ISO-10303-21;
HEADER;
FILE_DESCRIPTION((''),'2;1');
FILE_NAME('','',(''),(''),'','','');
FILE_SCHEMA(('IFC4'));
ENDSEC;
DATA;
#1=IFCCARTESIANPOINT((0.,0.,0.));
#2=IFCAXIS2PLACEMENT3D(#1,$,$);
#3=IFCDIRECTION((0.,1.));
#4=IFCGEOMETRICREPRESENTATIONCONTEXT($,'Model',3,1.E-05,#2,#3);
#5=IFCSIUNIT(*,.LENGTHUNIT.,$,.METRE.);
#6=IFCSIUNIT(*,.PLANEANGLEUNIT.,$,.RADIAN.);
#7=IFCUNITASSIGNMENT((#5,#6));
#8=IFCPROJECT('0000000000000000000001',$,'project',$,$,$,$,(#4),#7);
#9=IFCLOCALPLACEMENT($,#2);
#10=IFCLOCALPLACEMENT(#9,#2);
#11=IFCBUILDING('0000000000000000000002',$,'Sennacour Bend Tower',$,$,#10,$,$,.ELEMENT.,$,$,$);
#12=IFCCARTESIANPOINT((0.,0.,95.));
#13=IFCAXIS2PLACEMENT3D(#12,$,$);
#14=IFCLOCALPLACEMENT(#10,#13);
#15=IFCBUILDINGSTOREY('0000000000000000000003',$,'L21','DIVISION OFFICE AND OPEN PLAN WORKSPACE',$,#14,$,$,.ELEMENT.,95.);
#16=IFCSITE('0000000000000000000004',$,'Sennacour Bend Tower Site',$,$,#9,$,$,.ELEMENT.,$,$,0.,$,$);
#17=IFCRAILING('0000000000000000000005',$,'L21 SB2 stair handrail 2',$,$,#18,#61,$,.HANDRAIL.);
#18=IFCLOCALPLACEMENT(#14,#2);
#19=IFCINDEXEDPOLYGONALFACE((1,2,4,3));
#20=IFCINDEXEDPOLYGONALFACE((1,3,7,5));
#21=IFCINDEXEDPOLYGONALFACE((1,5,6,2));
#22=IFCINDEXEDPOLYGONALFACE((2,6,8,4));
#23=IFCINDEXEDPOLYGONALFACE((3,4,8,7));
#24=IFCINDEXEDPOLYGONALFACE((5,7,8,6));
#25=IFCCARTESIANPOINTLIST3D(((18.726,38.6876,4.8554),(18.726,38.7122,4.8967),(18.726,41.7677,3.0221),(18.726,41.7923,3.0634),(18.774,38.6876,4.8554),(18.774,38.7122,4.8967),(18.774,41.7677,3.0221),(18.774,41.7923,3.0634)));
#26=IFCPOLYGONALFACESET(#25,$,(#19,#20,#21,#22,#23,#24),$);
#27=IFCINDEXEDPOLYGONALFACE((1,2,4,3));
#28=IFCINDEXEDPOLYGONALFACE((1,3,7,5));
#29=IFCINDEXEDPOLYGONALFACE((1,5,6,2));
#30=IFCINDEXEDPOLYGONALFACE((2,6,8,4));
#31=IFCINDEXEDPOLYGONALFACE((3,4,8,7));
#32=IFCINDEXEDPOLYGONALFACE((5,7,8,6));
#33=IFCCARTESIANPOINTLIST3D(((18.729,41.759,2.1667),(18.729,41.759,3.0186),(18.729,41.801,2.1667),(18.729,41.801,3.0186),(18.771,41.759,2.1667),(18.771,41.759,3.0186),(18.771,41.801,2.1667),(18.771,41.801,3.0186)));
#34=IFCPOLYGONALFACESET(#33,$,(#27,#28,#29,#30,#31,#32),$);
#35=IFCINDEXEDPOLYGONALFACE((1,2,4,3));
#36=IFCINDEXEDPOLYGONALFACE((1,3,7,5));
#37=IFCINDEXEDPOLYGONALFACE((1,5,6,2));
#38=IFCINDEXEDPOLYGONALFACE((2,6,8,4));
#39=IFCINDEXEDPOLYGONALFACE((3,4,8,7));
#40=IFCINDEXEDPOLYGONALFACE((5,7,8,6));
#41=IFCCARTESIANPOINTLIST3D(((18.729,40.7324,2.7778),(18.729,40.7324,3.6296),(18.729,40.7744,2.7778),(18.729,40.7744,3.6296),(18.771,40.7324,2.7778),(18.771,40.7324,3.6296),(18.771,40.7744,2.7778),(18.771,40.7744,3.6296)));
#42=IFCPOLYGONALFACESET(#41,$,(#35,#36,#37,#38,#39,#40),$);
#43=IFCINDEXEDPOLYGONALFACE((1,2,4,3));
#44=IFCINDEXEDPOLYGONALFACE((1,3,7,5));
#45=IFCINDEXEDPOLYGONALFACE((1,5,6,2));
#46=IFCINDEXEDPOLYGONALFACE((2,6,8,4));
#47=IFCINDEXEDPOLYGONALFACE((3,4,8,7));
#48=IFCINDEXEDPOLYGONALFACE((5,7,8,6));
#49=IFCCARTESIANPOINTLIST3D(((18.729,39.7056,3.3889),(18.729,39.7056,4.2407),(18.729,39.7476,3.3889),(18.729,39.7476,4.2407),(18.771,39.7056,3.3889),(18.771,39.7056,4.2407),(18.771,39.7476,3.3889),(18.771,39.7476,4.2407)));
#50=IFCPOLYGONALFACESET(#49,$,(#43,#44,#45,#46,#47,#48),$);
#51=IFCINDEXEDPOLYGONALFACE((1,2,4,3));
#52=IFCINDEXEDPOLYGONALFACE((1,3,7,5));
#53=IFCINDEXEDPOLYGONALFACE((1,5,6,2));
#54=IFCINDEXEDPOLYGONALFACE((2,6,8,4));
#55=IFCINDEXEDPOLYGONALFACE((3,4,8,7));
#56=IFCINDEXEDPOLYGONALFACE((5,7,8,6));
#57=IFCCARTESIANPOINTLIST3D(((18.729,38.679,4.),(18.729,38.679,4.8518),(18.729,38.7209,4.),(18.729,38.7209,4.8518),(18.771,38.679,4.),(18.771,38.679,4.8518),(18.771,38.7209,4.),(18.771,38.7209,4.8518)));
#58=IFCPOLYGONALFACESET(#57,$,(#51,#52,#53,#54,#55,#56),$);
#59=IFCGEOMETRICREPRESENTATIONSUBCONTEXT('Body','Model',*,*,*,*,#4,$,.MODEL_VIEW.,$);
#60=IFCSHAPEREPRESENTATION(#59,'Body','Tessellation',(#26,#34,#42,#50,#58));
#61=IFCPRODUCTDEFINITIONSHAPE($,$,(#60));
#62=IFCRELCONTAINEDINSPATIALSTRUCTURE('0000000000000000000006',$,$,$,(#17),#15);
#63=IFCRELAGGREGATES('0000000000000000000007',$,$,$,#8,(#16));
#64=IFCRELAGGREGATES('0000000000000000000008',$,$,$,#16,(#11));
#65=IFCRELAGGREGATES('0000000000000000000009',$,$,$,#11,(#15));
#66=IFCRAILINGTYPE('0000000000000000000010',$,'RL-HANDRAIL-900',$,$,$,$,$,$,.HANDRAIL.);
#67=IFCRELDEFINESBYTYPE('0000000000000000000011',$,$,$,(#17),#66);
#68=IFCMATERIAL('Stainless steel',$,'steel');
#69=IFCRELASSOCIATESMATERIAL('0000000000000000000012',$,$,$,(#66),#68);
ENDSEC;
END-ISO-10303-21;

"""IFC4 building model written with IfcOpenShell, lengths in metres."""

from ifc_helpers import new_model, si_unit, direction, frame, origin, origin_2d, place, context, subcontext, project, spatial, rectangle, extrude, material, type_object, element, save


model = new_model("IFC4")

# Units and contexts
model_context = context("Model", 3, precision=1e-05, world=origin(), true_north=direction((0.0, 1.0)))
body_context = subcontext(model_context, "Body", "Model", "MODEL_VIEW")
ifc_project = project(units=[si_unit("LENGTHUNIT", "METRE"), si_unit("PLANEANGLEUNIT", "RADIAN")], contexts=[model_context])

# Site, building, storey
site_placement = place(None, origin())
site = spatial("IfcSite", under=ifc_project, at=site_placement, Name="Sennacour Bend Tower Site", CompositionType="ELEMENT", RefElevation=0.0)
building_placement = place(site_placement, origin())
building = spatial("IfcBuilding", under=site, at=building_placement, Name="Sennacour Bend Tower", CompositionType="ELEMENT")
storey_placement = place(building_placement, frame((0.0, 0.0, 95.0)))
storey = spatial("IfcBuildingStorey", under=building, at=storey_placement, Name="L21", Description="DIVISION OFFICE AND OPEN PLAN WORKSPACE", CompositionType="ELEMENT", Elevation=95.0)

# Shared definitions
ifc_material_1 = material(Name="Stainless steel", Category="steel")

# Railing
railing_type_1 = type_object("IfcRailingType", Name="RL-HANDRAIL-900", PredefinedType="HANDRAIL", material=ifc_material_1)
railing_1_placement = place(storey_placement, frame((18.75, 41.78, 2.1667)))
element("IfcRailing", 1, at=railing_1_placement, inside=storey, type_object=railing_type_1, Name="L21 SB2 stair handrail 2", PredefinedType="HANDRAIL", context=body_context, shape_type="SweptSolid", body=[
    extrude(rectangle(XDim=0.0481, YDim=0.0481, at=origin_2d()), frame((0.0, 0.0, 0.876), z_axis=(0.0, -0.859309, 0.511458), x_axis=(1.0, 0.0, 0.0)), (0.0, 0.0, 1.0), 3.5845),
    extrude(rectangle(XDim=0.042, YDim=0.042, at=origin_2d()), origin(), (0.0, 0.0, 1.0), 0.8518),
    extrude(rectangle(XDim=0.042, YDim=0.042, at=origin_2d()), frame((0.0, -1.0266, 0.6111)), (0.0, 0.0, 1.0), 0.8518),
    extrude(rectangle(XDim=0.042, YDim=0.042, at=origin_2d()), frame((0.0, -2.0535, 1.2222)), (0.0, 0.0, 1.0), 0.8518),
    extrude(rectangle(XDim=0.042, YDim=0.042, at=origin_2d()), frame((0.0, -3.0801, 1.8333)), (0.0, 0.0, 1.0), 0.8518),
])

save(model, "model.ifc")
